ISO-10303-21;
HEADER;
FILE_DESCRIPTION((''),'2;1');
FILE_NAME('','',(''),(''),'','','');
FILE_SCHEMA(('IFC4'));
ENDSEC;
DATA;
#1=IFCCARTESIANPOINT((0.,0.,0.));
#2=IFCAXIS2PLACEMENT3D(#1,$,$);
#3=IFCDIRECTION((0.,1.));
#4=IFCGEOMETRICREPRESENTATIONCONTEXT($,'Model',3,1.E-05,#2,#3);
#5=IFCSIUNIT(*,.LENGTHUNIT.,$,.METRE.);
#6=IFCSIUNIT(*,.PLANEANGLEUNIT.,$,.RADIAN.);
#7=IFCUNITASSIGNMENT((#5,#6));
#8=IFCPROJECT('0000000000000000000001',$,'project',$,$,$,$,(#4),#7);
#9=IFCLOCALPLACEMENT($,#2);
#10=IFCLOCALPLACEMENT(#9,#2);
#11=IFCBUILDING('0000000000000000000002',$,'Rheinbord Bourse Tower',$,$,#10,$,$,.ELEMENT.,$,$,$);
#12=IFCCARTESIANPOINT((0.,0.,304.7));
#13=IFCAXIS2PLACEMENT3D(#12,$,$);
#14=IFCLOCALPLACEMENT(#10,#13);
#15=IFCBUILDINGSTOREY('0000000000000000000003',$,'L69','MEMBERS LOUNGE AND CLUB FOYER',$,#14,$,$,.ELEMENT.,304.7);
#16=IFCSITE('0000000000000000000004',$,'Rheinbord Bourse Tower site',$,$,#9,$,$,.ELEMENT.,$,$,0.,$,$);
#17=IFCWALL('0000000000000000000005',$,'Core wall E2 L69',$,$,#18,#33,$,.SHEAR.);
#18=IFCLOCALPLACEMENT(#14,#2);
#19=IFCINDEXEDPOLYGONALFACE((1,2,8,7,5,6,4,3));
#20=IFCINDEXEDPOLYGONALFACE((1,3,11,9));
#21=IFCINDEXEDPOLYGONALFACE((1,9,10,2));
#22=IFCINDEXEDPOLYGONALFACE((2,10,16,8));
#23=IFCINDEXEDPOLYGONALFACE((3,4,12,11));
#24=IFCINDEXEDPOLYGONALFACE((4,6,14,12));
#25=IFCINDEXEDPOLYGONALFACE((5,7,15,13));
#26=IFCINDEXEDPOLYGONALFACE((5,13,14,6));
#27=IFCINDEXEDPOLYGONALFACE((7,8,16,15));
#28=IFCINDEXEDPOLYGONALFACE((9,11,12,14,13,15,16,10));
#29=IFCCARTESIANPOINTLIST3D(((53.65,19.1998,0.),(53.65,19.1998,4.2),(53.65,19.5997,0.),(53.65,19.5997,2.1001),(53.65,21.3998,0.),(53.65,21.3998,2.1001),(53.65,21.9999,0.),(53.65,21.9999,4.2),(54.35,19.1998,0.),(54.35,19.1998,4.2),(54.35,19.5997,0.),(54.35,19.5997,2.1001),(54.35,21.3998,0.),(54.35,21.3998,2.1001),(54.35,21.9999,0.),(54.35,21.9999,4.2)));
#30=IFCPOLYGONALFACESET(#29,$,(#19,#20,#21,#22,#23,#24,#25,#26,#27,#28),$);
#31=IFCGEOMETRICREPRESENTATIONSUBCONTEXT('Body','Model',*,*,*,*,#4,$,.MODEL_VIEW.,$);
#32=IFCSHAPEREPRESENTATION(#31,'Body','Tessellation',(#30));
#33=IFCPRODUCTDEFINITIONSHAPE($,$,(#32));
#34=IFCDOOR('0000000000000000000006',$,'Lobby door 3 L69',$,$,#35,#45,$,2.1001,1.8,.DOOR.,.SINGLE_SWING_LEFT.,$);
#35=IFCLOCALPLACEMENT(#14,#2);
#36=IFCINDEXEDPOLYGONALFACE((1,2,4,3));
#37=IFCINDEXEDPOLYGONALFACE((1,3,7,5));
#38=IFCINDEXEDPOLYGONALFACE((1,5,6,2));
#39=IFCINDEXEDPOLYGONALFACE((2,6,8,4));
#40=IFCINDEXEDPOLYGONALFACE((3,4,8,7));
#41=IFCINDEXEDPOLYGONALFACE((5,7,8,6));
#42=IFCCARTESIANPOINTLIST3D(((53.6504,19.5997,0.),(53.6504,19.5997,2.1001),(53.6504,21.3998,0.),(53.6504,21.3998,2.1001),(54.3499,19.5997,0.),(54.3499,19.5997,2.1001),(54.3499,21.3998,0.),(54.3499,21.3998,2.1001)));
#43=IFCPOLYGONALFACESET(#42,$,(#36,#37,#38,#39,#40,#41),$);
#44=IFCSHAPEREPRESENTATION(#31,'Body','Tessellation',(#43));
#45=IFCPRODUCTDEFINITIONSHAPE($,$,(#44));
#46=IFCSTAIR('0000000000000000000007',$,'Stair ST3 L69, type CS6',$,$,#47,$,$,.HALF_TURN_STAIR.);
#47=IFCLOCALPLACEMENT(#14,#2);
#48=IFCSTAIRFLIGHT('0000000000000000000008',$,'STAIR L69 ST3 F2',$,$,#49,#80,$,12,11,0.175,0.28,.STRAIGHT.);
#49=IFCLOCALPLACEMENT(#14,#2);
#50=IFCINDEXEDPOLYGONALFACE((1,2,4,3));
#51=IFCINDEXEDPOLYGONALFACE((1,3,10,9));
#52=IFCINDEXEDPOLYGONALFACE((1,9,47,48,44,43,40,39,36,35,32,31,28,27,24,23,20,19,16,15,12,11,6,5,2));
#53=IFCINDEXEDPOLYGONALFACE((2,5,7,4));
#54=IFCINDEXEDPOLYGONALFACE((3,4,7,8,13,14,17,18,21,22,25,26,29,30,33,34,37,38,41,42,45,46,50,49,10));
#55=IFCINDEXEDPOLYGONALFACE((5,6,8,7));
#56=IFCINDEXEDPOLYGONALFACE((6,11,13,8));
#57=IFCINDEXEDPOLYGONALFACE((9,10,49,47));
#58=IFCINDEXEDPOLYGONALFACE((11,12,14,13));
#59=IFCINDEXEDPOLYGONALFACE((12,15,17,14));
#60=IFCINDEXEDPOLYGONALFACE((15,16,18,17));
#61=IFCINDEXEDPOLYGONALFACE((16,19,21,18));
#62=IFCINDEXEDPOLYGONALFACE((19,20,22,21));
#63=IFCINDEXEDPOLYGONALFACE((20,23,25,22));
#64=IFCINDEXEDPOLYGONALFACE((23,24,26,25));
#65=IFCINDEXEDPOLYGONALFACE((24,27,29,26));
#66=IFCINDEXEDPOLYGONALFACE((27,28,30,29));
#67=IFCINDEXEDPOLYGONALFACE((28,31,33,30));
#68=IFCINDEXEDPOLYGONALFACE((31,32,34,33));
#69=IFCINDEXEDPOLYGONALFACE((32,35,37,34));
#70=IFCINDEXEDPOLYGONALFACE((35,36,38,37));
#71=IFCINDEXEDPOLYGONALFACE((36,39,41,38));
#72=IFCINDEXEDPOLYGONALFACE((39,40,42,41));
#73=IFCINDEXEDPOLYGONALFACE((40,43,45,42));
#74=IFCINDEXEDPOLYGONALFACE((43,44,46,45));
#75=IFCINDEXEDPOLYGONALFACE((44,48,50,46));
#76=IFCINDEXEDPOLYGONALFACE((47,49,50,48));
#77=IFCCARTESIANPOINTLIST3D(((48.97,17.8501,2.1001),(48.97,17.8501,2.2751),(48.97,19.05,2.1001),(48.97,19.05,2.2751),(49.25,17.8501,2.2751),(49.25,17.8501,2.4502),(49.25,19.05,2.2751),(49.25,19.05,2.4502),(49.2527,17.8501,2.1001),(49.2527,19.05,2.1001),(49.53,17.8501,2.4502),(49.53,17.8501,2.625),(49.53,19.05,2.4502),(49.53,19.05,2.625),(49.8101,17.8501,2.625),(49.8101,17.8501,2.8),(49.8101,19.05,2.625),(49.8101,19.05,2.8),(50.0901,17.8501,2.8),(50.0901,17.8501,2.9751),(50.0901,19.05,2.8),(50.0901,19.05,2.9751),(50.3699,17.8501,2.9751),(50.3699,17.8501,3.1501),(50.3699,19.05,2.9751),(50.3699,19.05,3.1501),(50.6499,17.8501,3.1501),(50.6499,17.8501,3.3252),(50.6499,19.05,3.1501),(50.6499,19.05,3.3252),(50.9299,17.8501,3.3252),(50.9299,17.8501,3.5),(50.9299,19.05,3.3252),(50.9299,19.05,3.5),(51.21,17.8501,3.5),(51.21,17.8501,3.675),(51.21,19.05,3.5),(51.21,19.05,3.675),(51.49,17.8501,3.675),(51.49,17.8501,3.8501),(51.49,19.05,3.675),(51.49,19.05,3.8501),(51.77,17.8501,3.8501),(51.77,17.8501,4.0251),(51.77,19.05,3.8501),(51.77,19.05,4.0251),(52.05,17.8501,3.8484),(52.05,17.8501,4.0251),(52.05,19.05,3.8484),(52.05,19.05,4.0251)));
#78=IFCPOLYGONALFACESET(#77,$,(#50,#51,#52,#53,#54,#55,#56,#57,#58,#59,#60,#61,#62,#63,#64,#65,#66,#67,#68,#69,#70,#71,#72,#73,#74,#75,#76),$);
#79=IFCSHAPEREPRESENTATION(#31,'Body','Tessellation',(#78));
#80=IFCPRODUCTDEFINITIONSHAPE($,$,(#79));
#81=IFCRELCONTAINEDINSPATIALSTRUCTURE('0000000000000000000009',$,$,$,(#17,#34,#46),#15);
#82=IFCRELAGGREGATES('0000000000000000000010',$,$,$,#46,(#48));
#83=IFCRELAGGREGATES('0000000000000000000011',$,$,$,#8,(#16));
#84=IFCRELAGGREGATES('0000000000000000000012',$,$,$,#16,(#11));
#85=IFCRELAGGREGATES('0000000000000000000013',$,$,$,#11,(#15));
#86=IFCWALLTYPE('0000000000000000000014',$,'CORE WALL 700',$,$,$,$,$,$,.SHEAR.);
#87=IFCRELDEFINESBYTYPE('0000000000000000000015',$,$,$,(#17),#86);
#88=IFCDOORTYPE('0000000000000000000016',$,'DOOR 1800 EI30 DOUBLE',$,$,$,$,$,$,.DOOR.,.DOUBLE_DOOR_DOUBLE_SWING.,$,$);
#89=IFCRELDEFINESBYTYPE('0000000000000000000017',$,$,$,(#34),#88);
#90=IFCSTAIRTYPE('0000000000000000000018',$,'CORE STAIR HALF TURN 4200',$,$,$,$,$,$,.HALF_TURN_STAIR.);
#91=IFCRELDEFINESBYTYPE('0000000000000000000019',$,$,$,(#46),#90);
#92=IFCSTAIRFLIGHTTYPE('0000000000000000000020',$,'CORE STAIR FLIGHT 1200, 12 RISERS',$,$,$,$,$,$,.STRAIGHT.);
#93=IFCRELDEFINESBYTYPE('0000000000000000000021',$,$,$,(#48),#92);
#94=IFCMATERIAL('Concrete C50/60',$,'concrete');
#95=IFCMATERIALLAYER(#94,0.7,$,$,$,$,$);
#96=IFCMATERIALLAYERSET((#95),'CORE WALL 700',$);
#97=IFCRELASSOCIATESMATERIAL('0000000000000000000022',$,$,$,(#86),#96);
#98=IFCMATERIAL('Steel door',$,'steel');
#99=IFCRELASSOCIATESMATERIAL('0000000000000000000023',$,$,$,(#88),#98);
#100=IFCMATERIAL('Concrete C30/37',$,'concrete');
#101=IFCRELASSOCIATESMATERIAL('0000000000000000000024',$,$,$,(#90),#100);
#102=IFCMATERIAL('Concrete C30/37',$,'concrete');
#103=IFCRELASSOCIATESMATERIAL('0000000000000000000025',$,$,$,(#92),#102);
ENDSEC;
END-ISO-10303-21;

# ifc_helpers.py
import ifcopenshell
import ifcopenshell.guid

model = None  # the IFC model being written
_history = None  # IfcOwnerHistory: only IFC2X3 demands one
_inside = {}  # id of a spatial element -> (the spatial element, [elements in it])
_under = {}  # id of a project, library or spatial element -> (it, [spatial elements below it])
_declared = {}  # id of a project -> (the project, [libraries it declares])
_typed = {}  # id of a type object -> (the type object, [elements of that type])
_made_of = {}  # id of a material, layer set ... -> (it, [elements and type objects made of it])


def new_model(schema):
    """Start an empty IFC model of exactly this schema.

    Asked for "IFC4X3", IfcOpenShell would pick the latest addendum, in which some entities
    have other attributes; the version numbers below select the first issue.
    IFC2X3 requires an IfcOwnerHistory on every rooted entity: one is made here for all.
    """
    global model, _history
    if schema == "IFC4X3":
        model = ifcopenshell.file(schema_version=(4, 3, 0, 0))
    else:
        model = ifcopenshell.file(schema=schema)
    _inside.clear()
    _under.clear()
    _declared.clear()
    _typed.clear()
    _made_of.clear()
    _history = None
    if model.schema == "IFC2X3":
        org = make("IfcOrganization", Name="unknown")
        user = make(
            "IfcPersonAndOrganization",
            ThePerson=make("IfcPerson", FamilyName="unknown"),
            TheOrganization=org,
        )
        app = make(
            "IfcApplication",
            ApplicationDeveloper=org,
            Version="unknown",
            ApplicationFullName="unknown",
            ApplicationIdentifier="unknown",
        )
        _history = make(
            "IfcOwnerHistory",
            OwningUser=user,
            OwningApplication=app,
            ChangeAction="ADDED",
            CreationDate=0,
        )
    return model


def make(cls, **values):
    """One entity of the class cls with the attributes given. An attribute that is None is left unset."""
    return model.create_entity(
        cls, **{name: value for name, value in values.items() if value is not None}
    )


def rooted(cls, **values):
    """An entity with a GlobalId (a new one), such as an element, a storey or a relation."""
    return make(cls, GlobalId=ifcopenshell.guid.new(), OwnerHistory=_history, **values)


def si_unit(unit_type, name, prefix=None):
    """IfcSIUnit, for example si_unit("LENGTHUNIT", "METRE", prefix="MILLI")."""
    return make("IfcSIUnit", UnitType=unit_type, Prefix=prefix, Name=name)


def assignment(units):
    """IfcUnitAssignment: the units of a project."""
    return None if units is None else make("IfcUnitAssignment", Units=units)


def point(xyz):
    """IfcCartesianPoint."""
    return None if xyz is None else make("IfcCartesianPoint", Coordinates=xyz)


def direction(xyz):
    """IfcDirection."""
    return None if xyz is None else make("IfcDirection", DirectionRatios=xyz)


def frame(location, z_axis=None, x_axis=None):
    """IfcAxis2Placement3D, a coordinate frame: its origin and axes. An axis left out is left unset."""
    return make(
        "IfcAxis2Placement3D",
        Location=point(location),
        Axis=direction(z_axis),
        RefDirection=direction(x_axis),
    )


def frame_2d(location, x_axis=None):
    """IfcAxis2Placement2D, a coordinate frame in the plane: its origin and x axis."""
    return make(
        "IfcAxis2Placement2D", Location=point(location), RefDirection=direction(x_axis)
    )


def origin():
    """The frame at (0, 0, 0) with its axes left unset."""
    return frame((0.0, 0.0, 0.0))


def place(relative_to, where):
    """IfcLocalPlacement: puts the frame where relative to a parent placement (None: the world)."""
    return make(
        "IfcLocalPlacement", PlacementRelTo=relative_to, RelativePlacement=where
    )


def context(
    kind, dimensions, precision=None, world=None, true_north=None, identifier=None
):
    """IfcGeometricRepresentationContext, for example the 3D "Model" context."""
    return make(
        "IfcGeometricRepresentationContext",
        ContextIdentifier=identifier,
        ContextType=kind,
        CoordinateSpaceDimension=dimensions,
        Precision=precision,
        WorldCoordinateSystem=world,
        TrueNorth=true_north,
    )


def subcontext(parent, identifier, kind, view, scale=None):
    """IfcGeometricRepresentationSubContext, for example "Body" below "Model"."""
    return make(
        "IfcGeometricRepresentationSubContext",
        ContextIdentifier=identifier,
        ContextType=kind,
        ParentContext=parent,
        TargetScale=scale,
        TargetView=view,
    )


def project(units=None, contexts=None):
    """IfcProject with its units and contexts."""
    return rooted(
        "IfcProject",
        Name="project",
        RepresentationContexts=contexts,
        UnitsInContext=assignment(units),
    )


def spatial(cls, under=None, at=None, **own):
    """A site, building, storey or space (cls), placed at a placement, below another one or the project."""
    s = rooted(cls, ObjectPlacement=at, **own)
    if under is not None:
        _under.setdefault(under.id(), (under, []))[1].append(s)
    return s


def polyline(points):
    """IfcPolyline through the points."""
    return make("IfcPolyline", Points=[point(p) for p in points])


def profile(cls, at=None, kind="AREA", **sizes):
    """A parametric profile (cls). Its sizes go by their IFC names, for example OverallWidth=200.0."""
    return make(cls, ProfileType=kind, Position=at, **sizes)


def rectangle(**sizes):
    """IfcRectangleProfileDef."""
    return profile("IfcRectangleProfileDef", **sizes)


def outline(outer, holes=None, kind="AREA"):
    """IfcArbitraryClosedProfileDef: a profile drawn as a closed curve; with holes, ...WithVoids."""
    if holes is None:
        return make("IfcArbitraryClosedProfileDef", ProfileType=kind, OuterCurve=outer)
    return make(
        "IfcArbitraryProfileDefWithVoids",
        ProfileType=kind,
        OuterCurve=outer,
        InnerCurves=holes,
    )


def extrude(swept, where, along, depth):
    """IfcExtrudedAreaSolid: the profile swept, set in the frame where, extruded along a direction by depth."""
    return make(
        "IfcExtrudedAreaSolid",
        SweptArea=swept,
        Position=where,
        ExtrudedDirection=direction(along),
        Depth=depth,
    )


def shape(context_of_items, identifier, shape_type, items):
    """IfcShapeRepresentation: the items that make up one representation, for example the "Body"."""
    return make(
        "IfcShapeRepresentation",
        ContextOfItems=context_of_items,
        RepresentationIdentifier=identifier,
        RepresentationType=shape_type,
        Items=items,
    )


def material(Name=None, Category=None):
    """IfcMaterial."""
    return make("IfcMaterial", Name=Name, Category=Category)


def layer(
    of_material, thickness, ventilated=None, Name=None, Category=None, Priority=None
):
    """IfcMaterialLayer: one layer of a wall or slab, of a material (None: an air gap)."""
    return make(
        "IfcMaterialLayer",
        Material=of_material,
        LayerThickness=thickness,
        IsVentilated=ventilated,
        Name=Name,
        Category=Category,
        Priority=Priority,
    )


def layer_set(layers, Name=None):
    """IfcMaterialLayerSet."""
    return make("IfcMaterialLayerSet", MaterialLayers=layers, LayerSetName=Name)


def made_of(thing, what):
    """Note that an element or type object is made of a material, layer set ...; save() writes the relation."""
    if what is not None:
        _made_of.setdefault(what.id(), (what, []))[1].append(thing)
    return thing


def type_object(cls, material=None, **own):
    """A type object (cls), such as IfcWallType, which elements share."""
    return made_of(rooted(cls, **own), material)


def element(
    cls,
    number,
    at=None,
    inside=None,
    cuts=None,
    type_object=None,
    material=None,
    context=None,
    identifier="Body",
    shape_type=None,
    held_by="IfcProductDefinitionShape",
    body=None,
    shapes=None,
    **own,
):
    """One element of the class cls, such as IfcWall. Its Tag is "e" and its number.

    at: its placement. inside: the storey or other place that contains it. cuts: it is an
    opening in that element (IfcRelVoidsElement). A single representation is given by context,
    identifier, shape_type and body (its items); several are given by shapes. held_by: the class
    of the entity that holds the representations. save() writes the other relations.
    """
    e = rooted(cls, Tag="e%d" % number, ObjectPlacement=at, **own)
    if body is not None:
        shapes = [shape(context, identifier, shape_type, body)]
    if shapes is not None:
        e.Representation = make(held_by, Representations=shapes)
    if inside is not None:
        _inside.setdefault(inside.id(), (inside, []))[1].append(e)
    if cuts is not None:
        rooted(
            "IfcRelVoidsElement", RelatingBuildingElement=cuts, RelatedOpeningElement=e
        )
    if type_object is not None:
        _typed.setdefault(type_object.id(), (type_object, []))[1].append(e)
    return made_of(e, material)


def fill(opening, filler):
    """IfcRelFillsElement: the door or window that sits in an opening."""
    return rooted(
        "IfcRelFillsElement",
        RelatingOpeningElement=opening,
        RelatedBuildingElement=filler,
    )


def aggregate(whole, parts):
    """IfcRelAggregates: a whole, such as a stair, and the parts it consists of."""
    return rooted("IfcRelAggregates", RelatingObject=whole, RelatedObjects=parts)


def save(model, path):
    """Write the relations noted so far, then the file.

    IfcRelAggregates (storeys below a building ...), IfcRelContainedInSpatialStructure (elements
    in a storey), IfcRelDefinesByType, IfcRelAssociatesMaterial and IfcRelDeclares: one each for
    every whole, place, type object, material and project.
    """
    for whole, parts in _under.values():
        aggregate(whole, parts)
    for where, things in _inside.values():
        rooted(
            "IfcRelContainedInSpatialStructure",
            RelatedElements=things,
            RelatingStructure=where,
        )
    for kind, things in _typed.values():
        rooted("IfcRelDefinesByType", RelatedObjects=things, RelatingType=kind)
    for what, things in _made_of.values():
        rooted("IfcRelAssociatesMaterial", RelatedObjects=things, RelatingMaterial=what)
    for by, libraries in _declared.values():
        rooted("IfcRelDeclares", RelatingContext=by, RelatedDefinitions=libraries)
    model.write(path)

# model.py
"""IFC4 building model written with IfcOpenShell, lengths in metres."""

from ifc_helpers import new_model, si_unit, direction, frame, frame_2d, origin, place, context, subcontext, project, spatial, polyline, rectangle, outline, extrude, material, layer, layer_set, type_object, element, fill, aggregate, save


model = new_model("IFC4")

# Units and contexts
model_context = context("Model", 3, precision=1e-05, world=origin(), true_north=direction((0.0, 1.0)))
body_context = subcontext(model_context, "Body", "Model", "MODEL_VIEW")
ifc_project = project(units=[si_unit("LENGTHUNIT", "METRE"), si_unit("PLANEANGLEUNIT", "RADIAN")], contexts=[model_context])

# Site, building, storey
site_placement = place(None, origin())
site = spatial("IfcSite", under=ifc_project, at=site_placement, Name="Rheinbord Bourse Tower site", CompositionType="ELEMENT", RefElevation=0.0)
building_placement = place(site_placement, origin())
building = spatial("IfcBuilding", under=site, at=building_placement, Name="Rheinbord Bourse Tower", CompositionType="ELEMENT")
storey_placement = place(building_placement, frame((0.0, 0.0, 304.7)))
storey = spatial("IfcBuildingStorey", under=building, at=storey_placement, Name="L69", Description="MEMBERS LOUNGE AND CLUB FOYER", CompositionType="ELEMENT", Elevation=304.7)

# Wall, opening, door
ifc_material_1 = material(Name="Concrete C50/60", Category="concrete")
ifc_layer_1 = layer(ifc_material_1, 0.7)
ifc_layer_set_1 = layer_set([ifc_layer_1], Name="CORE WALL 700")
wall_type_1 = type_object("IfcWallType", Name="CORE WALL 700", PredefinedType="SHEAR", material=ifc_layer_set_1)
wall_1_placement = place(storey_placement, frame((54.0, 19.2, 0.0), z_axis=(0.0, 0.0, 1.0), x_axis=(0.0, 1.0, 0.0)))
wall_1 = element("IfcWall", 1, at=wall_1_placement, inside=storey, type_object=wall_type_1, Name="Core wall E2 L69", PredefinedType="SHEAR", context=body_context, shape_type="SweptSolid", body=[
    extrude(rectangle(XDim=2.8, YDim=0.7, at=frame_2d((1.3999, 0.0))), origin(), (0.0, 0.0, 1.0), 4.2),
])
opening_1_placement = place(wall_1_placement, frame((0.3999, 0.0, 0.0)))
opening_1 = element("IfcOpeningElement", 2, at=opening_1_placement, cuts=wall_1, PredefinedType="OPENING", context=body_context, shape_type="SweptSolid", body=[
    extrude(rectangle(XDim=1.8, YDim=2.1001, at=frame_2d((0.8999, 1.05))), frame((0.0, 0.3599, 0.0), z_axis=(0.0, -1.0, 0.0), x_axis=(1.0, 0.0, 0.0)), (0.0, 0.0, 1.0), 0.72),
])
ifc_material_2 = material(Name="Steel door", Category="steel")
door_type_1 = type_object("IfcDoorType", Name="DOOR 1800 EI30 DOUBLE", OperationType="DOUBLE_DOOR_DOUBLE_SWING", PredefinedType="DOOR", material=ifc_material_2)
door_1_placement = place(opening_1_placement, origin())
door_1 = element("IfcDoor", 3, at=door_1_placement, inside=storey, type_object=door_type_1, Name="Lobby door 3 L69", OperationType="SINGLE_SWING_LEFT", OverallHeight=2.1001, OverallWidth=1.8, PredefinedType="DOOR", context=body_context, shape_type="SweptSolid", body=[
    extrude(rectangle(XDim=1.8, YDim=2.1001, at=frame_2d((0.8999, 1.05))), frame((0.0, 0.3496, 0.0), z_axis=(0.0, -1.0, 0.0), x_axis=(1.0, 0.0, 0.0)), (0.0, 0.0, 1.0), 0.6995),
])
fill(opening_1, door_1)

# Stair, stair flight
ifc_material_3 = material(Name="Concrete C30/37", Category="concrete")
stair_type = type_object("IfcStairType", Name="CORE STAIR HALF TURN 4200", PredefinedType="HALF_TURN_STAIR", material=ifc_material_3)
stair_placement = place(storey_placement, origin())
stair = element("IfcStair", 4, at=stair_placement, inside=storey, type_object=stair_type, Name="Stair ST3 L69, type CS6", PredefinedType="HALF_TURN_STAIR")
ifc_material_4 = material(Name="Concrete C30/37", Category="concrete")
stair_flight_type = type_object("IfcStairFlightType", Name="CORE STAIR FLIGHT 1200, 12 RISERS", PredefinedType="STRAIGHT", material=ifc_material_4)
stair_flight_placement = place(storey_placement, frame((48.97, 18.45, 2.1001), z_axis=(0.0, 0.0, 1.0), x_axis=(1.0, 0.0, 0.0)))
stair_flight = element("IfcStairFlight", 5, at=stair_flight_placement, type_object=stair_flight_type, Name="STAIR L69 ST3 F2", NumberOfRisers=12, NumberOfTreads=11, PredefinedType="STRAIGHT", RiserHeight=0.175, TreadLength=0.28, context=body_context, shape_type="SweptSolid", body=[
    extrude(outline(polyline([(0.0, 0.0), (0.0, 0.175), (0.28, 0.175), (0.28, 0.3501), (0.5601, 0.3501), (0.5601, 0.5249), (0.8401, 0.5249), (0.8401, 0.7), (1.1201, 0.7), (1.1201, 0.875), (1.3999, 0.875), (1.3999, 1.05), (1.6799, 1.05), (1.6799, 1.2251), (1.96, 1.2251), (1.96, 1.3999), (2.24, 1.3999), (2.24, 1.575), (2.52, 1.575), (2.52, 1.75), (2.8, 1.75), (2.8, 1.925), (3.0801, 1.925), (3.0801, 2.1001), (3.0801, 1.7483), (0.2827, 0.0), (0.0, 0.0)])), frame((0.0, 0.6001, 0.0), z_axis=(0.0, -1.0, 0.0), x_axis=(1.0, 0.0, 0.0)), (0.0, 0.0, 1.0), 1.2),
])
aggregate(stair, [stair_flight])

save(model, "model.ifc")
